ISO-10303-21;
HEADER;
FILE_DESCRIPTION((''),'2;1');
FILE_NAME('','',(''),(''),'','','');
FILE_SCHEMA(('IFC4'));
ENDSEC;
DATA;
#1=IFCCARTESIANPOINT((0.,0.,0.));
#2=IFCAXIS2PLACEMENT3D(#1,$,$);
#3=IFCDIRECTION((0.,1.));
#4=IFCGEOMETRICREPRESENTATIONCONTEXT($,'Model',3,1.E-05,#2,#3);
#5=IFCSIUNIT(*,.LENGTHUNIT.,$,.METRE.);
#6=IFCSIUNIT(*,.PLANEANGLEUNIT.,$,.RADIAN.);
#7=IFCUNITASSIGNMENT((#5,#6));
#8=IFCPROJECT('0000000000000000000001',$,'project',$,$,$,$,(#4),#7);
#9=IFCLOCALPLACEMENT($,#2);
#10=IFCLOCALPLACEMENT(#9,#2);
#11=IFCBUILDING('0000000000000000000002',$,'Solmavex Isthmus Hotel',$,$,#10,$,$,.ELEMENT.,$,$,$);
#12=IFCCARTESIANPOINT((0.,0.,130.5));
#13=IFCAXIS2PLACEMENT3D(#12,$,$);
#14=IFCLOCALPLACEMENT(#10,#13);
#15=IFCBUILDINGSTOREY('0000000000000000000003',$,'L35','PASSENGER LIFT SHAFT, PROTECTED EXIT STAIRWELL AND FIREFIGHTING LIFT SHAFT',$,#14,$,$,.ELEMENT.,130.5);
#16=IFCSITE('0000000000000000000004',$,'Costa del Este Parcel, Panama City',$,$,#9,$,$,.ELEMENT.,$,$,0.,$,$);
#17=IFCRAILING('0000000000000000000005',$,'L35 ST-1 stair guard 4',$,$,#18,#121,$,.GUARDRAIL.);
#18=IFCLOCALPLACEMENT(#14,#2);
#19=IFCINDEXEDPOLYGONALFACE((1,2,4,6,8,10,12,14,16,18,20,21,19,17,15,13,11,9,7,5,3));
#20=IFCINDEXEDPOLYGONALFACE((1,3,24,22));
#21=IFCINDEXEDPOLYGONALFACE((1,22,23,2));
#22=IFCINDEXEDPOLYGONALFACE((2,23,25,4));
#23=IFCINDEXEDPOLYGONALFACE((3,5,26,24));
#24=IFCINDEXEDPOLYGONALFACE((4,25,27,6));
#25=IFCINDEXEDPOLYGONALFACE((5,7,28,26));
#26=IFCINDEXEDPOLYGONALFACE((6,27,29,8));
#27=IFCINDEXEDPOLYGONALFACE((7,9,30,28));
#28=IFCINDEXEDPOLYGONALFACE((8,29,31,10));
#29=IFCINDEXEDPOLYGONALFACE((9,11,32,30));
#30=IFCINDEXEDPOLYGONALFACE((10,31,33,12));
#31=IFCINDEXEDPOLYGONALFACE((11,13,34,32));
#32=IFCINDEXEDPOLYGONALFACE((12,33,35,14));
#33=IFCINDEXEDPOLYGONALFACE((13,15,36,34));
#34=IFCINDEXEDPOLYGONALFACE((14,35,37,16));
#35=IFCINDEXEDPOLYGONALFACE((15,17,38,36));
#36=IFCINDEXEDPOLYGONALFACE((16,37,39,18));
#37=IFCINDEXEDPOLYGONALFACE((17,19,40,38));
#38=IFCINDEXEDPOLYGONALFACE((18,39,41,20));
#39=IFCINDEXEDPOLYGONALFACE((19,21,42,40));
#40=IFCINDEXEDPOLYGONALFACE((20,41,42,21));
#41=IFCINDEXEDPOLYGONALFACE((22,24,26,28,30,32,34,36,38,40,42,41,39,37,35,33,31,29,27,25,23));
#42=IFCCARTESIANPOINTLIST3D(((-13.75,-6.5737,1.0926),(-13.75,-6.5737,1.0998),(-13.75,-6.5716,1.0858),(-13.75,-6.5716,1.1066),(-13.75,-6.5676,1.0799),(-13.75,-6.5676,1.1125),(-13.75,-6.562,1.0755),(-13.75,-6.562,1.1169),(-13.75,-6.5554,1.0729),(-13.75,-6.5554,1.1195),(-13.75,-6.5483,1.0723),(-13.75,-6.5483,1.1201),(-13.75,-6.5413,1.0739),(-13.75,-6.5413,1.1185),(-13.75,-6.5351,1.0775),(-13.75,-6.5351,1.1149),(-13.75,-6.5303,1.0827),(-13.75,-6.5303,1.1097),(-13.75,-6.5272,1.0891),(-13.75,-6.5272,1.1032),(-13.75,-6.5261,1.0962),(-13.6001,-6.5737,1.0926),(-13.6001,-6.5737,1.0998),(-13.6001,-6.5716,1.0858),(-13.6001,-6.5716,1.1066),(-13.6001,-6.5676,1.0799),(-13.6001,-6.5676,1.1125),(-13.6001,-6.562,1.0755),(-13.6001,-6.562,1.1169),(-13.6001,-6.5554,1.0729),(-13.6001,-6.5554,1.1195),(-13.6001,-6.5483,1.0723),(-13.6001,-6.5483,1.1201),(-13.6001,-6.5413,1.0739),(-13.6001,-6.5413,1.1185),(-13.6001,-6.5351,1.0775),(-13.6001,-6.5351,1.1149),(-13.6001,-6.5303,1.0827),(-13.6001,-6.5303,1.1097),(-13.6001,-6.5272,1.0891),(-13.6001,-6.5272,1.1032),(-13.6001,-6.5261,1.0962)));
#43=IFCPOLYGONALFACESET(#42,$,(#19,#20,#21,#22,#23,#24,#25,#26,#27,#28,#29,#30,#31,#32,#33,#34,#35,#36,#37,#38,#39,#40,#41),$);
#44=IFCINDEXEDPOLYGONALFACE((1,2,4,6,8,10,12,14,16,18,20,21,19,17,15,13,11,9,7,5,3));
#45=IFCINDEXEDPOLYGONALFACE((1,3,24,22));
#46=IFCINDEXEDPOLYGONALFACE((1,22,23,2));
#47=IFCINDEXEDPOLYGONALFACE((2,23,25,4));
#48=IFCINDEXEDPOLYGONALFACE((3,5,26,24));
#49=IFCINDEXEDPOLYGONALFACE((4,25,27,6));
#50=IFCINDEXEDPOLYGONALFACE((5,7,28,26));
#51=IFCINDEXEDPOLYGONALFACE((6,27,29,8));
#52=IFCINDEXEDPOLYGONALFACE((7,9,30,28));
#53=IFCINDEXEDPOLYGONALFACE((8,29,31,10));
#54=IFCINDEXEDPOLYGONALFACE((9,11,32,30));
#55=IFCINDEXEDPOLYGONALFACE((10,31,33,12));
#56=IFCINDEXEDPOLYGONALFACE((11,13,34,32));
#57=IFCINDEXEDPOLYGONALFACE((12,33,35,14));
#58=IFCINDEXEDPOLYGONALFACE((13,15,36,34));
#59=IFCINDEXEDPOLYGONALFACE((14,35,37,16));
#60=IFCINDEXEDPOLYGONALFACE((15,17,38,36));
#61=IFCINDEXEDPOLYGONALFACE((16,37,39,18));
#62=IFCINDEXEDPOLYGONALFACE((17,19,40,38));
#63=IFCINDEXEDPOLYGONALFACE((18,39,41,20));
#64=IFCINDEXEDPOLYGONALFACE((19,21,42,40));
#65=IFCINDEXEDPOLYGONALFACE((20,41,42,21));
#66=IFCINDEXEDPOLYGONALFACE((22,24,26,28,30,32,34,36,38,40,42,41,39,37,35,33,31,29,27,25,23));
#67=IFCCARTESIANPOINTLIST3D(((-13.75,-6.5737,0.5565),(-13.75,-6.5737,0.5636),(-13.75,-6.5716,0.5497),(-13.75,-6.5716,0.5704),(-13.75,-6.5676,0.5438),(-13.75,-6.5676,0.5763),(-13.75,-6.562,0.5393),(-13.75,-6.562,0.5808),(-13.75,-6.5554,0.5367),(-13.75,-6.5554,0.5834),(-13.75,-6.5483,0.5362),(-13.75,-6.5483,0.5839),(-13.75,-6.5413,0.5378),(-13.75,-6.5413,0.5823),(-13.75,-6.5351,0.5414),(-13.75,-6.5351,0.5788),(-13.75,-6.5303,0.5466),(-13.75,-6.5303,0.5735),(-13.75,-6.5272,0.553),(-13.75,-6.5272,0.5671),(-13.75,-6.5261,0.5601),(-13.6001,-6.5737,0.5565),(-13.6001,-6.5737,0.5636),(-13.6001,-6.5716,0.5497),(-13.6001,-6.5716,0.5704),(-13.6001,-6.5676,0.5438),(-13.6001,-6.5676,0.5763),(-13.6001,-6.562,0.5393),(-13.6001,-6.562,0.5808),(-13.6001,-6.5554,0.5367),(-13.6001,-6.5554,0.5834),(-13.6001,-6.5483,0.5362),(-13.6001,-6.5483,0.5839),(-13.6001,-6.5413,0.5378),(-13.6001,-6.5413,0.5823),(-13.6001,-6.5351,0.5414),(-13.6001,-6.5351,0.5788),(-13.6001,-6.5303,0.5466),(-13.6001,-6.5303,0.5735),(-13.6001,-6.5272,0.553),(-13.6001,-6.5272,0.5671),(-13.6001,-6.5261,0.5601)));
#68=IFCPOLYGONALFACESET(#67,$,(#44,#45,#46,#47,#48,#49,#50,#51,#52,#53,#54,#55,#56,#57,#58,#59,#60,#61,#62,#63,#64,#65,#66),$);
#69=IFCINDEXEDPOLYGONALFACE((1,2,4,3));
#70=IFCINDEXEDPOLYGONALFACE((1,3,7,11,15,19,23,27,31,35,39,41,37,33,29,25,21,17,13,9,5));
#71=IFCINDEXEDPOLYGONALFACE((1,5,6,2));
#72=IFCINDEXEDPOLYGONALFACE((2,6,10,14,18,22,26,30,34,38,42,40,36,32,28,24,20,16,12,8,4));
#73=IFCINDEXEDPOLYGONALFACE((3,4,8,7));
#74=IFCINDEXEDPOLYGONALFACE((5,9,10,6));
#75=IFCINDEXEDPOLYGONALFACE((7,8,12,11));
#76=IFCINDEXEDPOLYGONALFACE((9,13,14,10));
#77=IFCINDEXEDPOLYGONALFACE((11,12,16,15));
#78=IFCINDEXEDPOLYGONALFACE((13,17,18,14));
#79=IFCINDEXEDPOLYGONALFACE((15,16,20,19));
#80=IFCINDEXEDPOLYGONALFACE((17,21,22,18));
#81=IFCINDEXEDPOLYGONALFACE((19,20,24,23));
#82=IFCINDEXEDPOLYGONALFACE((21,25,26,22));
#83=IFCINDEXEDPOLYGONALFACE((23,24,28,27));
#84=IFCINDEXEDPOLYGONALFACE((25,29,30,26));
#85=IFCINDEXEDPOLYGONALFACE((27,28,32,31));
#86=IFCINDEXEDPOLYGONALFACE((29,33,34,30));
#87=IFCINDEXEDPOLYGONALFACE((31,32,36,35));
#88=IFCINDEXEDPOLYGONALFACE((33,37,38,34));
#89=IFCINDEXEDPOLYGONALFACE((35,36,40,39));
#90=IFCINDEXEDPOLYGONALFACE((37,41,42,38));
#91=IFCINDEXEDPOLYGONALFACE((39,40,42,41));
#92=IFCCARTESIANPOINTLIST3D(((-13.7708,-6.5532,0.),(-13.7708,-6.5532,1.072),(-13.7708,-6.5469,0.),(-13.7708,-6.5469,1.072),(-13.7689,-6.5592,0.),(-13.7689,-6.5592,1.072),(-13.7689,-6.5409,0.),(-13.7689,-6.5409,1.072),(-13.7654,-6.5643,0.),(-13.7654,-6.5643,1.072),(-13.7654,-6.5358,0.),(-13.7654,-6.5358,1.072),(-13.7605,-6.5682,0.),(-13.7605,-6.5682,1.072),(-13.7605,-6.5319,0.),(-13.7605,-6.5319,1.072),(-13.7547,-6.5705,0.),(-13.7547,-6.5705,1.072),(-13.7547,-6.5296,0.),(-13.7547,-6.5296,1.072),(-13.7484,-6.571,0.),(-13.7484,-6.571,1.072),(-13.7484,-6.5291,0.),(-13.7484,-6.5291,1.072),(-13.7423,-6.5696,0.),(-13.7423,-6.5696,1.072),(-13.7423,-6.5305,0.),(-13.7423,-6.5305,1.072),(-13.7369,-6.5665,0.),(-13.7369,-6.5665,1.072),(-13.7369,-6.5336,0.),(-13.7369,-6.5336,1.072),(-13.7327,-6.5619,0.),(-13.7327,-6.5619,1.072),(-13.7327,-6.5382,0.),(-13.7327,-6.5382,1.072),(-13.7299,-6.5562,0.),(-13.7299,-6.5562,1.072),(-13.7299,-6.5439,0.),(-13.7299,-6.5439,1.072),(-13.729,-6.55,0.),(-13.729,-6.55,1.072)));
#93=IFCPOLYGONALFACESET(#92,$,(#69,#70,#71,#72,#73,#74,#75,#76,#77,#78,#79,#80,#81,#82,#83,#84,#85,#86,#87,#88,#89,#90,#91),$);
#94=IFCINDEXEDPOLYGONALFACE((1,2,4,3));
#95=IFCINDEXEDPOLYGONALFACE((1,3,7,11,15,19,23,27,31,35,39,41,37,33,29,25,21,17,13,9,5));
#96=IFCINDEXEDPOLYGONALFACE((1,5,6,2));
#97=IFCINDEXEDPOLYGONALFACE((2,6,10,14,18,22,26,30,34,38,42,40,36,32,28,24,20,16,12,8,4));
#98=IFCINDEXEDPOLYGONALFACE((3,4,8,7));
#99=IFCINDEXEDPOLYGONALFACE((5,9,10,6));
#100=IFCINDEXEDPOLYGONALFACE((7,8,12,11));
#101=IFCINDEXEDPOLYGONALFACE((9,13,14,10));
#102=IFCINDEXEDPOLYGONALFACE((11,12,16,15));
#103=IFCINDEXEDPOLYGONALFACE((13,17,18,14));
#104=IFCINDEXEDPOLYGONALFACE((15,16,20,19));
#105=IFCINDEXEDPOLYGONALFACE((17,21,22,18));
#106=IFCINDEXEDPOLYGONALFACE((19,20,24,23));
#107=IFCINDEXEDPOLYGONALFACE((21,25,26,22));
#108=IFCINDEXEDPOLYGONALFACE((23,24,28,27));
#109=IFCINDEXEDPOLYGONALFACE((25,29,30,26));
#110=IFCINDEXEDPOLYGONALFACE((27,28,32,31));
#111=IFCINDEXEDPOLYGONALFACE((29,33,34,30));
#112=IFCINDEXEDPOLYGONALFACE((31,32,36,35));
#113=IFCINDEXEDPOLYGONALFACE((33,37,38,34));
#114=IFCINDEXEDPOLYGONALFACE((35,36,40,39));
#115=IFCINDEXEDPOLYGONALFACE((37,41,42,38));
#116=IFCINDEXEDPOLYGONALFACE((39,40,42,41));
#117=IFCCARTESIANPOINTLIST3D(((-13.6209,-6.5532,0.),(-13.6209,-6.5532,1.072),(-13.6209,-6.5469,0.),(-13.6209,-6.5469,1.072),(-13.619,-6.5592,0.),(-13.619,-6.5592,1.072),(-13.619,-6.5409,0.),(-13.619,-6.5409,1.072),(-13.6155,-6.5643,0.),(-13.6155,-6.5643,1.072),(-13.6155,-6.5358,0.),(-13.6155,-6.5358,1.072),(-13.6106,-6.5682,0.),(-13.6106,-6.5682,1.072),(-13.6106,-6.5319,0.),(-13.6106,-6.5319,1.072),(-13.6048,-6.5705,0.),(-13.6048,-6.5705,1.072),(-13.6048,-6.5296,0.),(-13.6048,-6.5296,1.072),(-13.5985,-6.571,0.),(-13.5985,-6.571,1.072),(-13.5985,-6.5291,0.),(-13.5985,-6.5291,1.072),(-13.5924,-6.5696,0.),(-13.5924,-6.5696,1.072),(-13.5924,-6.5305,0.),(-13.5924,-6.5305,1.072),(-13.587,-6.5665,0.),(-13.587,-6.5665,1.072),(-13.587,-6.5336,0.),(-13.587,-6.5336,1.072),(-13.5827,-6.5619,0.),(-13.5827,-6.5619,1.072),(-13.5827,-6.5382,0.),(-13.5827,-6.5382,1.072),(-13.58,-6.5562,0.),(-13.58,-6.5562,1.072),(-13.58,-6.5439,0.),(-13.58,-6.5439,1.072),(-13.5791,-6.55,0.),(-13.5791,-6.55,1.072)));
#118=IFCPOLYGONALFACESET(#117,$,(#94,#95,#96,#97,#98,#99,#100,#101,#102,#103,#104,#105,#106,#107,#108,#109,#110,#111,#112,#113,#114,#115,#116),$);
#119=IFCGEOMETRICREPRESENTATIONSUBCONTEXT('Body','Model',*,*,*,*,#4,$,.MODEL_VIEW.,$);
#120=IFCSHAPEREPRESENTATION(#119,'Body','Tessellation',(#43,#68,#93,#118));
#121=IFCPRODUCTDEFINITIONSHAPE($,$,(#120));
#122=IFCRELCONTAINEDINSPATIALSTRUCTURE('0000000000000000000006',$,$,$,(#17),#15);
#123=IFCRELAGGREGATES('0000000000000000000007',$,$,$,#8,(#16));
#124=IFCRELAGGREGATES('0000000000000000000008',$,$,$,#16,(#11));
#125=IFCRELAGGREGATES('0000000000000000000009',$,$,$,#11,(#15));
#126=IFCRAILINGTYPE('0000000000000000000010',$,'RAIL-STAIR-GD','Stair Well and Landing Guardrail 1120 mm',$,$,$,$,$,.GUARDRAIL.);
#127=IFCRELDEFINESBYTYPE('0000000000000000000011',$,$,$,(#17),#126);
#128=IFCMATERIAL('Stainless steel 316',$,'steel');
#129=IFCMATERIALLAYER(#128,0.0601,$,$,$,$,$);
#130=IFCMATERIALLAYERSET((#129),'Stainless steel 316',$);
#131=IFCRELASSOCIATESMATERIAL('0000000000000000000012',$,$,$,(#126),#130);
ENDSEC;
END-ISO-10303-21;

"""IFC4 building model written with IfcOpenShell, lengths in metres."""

from ifc_helpers import new_model, si_unit, direction, frame, origin, origin_2d, place, context, subcontext, project, spatial, circle, extrude, material, layer, layer_set, type_object, element, save


model = new_model("IFC4")

# Units and contexts
model_context = context("Model", 3, precision=1e-05, world=origin(), true_north=direction((0.0, 1.0)))
body_context = subcontext(model_context, "Body", "Model", "MODEL_VIEW")
ifc_project = project(units=[si_unit("LENGTHUNIT", "METRE"), si_unit("PLANEANGLEUNIT", "RADIAN")], contexts=[model_context])

# Site, building, storey
site_placement = place(None, origin())
site = spatial("IfcSite", under=ifc_project, at=site_placement, Name="Costa del Este Parcel, Panama City", CompositionType="ELEMENT", RefElevation=0.0)
building_placement = place(site_placement, origin())
building = spatial("IfcBuilding", under=site, at=building_placement, Name="Solmavex Isthmus Hotel", CompositionType="ELEMENT")
storey_placement = place(building_placement, frame((0.0, 0.0, 130.5)))
storey = spatial("IfcBuildingStorey", under=building, at=storey_placement, Name="L35", Description="PASSENGER LIFT SHAFT, PROTECTED EXIT STAIRWELL AND FIREFIGHTING LIFT SHAFT", CompositionType="ELEMENT", Elevation=130.5)

# Shared definitions
ifc_material_1 = material(Name="Stainless steel 316", Category="steel")

# Railing
ifc_layer_1 = layer(ifc_material_1, 0.0601)
ifc_layer_set_1 = layer_set([ifc_layer_1], Name="Stainless steel 316")
railing_type_1 = type_object("IfcRailingType", Name="RAIL-STAIR-GD", Description="Stair Well and Landing Guardrail 1120 mm", PredefinedType="GUARDRAIL", material=ifc_layer_set_1)
railing_1_placement = place(storey_placement, frame((-13.75, -6.55, 0.0)))
element("IfcRailing", 1, at=railing_1_placement, inside=storey, type_object=railing_type_1, Name="L35 ST-1 stair guard 4", PredefinedType="GUARDRAIL", context=body_context, shape_type="SweptSolid", body=[
    extrude(circle(Radius=0.0239, at=origin_2d()), frame((0.0, 0.0, 1.0962), z_axis=(1.0, 0.0, 0.0), x_axis=(0.0, 1.0, 0.0)), (0.0, 0.0, 1.0), 0.1499),
    extrude(circle(Radius=0.0239, at=origin_2d()), frame((0.0, 0.0, 0.5601), z_axis=(1.0, 0.0, 0.0), x_axis=(0.0, 1.0, 0.0)), (0.0, 0.0, 1.0), 0.1499),
    extrude(circle(Radius=0.021, at=origin_2d()), origin(), (0.0, 0.0, 1.0), 1.072),
    extrude(circle(Radius=0.021, at=origin_2d()), frame((0.1499, 0.0, 0.0)), (0.0, 0.0, 1.0), 1.072),
])

save(model, "model.ifc")
